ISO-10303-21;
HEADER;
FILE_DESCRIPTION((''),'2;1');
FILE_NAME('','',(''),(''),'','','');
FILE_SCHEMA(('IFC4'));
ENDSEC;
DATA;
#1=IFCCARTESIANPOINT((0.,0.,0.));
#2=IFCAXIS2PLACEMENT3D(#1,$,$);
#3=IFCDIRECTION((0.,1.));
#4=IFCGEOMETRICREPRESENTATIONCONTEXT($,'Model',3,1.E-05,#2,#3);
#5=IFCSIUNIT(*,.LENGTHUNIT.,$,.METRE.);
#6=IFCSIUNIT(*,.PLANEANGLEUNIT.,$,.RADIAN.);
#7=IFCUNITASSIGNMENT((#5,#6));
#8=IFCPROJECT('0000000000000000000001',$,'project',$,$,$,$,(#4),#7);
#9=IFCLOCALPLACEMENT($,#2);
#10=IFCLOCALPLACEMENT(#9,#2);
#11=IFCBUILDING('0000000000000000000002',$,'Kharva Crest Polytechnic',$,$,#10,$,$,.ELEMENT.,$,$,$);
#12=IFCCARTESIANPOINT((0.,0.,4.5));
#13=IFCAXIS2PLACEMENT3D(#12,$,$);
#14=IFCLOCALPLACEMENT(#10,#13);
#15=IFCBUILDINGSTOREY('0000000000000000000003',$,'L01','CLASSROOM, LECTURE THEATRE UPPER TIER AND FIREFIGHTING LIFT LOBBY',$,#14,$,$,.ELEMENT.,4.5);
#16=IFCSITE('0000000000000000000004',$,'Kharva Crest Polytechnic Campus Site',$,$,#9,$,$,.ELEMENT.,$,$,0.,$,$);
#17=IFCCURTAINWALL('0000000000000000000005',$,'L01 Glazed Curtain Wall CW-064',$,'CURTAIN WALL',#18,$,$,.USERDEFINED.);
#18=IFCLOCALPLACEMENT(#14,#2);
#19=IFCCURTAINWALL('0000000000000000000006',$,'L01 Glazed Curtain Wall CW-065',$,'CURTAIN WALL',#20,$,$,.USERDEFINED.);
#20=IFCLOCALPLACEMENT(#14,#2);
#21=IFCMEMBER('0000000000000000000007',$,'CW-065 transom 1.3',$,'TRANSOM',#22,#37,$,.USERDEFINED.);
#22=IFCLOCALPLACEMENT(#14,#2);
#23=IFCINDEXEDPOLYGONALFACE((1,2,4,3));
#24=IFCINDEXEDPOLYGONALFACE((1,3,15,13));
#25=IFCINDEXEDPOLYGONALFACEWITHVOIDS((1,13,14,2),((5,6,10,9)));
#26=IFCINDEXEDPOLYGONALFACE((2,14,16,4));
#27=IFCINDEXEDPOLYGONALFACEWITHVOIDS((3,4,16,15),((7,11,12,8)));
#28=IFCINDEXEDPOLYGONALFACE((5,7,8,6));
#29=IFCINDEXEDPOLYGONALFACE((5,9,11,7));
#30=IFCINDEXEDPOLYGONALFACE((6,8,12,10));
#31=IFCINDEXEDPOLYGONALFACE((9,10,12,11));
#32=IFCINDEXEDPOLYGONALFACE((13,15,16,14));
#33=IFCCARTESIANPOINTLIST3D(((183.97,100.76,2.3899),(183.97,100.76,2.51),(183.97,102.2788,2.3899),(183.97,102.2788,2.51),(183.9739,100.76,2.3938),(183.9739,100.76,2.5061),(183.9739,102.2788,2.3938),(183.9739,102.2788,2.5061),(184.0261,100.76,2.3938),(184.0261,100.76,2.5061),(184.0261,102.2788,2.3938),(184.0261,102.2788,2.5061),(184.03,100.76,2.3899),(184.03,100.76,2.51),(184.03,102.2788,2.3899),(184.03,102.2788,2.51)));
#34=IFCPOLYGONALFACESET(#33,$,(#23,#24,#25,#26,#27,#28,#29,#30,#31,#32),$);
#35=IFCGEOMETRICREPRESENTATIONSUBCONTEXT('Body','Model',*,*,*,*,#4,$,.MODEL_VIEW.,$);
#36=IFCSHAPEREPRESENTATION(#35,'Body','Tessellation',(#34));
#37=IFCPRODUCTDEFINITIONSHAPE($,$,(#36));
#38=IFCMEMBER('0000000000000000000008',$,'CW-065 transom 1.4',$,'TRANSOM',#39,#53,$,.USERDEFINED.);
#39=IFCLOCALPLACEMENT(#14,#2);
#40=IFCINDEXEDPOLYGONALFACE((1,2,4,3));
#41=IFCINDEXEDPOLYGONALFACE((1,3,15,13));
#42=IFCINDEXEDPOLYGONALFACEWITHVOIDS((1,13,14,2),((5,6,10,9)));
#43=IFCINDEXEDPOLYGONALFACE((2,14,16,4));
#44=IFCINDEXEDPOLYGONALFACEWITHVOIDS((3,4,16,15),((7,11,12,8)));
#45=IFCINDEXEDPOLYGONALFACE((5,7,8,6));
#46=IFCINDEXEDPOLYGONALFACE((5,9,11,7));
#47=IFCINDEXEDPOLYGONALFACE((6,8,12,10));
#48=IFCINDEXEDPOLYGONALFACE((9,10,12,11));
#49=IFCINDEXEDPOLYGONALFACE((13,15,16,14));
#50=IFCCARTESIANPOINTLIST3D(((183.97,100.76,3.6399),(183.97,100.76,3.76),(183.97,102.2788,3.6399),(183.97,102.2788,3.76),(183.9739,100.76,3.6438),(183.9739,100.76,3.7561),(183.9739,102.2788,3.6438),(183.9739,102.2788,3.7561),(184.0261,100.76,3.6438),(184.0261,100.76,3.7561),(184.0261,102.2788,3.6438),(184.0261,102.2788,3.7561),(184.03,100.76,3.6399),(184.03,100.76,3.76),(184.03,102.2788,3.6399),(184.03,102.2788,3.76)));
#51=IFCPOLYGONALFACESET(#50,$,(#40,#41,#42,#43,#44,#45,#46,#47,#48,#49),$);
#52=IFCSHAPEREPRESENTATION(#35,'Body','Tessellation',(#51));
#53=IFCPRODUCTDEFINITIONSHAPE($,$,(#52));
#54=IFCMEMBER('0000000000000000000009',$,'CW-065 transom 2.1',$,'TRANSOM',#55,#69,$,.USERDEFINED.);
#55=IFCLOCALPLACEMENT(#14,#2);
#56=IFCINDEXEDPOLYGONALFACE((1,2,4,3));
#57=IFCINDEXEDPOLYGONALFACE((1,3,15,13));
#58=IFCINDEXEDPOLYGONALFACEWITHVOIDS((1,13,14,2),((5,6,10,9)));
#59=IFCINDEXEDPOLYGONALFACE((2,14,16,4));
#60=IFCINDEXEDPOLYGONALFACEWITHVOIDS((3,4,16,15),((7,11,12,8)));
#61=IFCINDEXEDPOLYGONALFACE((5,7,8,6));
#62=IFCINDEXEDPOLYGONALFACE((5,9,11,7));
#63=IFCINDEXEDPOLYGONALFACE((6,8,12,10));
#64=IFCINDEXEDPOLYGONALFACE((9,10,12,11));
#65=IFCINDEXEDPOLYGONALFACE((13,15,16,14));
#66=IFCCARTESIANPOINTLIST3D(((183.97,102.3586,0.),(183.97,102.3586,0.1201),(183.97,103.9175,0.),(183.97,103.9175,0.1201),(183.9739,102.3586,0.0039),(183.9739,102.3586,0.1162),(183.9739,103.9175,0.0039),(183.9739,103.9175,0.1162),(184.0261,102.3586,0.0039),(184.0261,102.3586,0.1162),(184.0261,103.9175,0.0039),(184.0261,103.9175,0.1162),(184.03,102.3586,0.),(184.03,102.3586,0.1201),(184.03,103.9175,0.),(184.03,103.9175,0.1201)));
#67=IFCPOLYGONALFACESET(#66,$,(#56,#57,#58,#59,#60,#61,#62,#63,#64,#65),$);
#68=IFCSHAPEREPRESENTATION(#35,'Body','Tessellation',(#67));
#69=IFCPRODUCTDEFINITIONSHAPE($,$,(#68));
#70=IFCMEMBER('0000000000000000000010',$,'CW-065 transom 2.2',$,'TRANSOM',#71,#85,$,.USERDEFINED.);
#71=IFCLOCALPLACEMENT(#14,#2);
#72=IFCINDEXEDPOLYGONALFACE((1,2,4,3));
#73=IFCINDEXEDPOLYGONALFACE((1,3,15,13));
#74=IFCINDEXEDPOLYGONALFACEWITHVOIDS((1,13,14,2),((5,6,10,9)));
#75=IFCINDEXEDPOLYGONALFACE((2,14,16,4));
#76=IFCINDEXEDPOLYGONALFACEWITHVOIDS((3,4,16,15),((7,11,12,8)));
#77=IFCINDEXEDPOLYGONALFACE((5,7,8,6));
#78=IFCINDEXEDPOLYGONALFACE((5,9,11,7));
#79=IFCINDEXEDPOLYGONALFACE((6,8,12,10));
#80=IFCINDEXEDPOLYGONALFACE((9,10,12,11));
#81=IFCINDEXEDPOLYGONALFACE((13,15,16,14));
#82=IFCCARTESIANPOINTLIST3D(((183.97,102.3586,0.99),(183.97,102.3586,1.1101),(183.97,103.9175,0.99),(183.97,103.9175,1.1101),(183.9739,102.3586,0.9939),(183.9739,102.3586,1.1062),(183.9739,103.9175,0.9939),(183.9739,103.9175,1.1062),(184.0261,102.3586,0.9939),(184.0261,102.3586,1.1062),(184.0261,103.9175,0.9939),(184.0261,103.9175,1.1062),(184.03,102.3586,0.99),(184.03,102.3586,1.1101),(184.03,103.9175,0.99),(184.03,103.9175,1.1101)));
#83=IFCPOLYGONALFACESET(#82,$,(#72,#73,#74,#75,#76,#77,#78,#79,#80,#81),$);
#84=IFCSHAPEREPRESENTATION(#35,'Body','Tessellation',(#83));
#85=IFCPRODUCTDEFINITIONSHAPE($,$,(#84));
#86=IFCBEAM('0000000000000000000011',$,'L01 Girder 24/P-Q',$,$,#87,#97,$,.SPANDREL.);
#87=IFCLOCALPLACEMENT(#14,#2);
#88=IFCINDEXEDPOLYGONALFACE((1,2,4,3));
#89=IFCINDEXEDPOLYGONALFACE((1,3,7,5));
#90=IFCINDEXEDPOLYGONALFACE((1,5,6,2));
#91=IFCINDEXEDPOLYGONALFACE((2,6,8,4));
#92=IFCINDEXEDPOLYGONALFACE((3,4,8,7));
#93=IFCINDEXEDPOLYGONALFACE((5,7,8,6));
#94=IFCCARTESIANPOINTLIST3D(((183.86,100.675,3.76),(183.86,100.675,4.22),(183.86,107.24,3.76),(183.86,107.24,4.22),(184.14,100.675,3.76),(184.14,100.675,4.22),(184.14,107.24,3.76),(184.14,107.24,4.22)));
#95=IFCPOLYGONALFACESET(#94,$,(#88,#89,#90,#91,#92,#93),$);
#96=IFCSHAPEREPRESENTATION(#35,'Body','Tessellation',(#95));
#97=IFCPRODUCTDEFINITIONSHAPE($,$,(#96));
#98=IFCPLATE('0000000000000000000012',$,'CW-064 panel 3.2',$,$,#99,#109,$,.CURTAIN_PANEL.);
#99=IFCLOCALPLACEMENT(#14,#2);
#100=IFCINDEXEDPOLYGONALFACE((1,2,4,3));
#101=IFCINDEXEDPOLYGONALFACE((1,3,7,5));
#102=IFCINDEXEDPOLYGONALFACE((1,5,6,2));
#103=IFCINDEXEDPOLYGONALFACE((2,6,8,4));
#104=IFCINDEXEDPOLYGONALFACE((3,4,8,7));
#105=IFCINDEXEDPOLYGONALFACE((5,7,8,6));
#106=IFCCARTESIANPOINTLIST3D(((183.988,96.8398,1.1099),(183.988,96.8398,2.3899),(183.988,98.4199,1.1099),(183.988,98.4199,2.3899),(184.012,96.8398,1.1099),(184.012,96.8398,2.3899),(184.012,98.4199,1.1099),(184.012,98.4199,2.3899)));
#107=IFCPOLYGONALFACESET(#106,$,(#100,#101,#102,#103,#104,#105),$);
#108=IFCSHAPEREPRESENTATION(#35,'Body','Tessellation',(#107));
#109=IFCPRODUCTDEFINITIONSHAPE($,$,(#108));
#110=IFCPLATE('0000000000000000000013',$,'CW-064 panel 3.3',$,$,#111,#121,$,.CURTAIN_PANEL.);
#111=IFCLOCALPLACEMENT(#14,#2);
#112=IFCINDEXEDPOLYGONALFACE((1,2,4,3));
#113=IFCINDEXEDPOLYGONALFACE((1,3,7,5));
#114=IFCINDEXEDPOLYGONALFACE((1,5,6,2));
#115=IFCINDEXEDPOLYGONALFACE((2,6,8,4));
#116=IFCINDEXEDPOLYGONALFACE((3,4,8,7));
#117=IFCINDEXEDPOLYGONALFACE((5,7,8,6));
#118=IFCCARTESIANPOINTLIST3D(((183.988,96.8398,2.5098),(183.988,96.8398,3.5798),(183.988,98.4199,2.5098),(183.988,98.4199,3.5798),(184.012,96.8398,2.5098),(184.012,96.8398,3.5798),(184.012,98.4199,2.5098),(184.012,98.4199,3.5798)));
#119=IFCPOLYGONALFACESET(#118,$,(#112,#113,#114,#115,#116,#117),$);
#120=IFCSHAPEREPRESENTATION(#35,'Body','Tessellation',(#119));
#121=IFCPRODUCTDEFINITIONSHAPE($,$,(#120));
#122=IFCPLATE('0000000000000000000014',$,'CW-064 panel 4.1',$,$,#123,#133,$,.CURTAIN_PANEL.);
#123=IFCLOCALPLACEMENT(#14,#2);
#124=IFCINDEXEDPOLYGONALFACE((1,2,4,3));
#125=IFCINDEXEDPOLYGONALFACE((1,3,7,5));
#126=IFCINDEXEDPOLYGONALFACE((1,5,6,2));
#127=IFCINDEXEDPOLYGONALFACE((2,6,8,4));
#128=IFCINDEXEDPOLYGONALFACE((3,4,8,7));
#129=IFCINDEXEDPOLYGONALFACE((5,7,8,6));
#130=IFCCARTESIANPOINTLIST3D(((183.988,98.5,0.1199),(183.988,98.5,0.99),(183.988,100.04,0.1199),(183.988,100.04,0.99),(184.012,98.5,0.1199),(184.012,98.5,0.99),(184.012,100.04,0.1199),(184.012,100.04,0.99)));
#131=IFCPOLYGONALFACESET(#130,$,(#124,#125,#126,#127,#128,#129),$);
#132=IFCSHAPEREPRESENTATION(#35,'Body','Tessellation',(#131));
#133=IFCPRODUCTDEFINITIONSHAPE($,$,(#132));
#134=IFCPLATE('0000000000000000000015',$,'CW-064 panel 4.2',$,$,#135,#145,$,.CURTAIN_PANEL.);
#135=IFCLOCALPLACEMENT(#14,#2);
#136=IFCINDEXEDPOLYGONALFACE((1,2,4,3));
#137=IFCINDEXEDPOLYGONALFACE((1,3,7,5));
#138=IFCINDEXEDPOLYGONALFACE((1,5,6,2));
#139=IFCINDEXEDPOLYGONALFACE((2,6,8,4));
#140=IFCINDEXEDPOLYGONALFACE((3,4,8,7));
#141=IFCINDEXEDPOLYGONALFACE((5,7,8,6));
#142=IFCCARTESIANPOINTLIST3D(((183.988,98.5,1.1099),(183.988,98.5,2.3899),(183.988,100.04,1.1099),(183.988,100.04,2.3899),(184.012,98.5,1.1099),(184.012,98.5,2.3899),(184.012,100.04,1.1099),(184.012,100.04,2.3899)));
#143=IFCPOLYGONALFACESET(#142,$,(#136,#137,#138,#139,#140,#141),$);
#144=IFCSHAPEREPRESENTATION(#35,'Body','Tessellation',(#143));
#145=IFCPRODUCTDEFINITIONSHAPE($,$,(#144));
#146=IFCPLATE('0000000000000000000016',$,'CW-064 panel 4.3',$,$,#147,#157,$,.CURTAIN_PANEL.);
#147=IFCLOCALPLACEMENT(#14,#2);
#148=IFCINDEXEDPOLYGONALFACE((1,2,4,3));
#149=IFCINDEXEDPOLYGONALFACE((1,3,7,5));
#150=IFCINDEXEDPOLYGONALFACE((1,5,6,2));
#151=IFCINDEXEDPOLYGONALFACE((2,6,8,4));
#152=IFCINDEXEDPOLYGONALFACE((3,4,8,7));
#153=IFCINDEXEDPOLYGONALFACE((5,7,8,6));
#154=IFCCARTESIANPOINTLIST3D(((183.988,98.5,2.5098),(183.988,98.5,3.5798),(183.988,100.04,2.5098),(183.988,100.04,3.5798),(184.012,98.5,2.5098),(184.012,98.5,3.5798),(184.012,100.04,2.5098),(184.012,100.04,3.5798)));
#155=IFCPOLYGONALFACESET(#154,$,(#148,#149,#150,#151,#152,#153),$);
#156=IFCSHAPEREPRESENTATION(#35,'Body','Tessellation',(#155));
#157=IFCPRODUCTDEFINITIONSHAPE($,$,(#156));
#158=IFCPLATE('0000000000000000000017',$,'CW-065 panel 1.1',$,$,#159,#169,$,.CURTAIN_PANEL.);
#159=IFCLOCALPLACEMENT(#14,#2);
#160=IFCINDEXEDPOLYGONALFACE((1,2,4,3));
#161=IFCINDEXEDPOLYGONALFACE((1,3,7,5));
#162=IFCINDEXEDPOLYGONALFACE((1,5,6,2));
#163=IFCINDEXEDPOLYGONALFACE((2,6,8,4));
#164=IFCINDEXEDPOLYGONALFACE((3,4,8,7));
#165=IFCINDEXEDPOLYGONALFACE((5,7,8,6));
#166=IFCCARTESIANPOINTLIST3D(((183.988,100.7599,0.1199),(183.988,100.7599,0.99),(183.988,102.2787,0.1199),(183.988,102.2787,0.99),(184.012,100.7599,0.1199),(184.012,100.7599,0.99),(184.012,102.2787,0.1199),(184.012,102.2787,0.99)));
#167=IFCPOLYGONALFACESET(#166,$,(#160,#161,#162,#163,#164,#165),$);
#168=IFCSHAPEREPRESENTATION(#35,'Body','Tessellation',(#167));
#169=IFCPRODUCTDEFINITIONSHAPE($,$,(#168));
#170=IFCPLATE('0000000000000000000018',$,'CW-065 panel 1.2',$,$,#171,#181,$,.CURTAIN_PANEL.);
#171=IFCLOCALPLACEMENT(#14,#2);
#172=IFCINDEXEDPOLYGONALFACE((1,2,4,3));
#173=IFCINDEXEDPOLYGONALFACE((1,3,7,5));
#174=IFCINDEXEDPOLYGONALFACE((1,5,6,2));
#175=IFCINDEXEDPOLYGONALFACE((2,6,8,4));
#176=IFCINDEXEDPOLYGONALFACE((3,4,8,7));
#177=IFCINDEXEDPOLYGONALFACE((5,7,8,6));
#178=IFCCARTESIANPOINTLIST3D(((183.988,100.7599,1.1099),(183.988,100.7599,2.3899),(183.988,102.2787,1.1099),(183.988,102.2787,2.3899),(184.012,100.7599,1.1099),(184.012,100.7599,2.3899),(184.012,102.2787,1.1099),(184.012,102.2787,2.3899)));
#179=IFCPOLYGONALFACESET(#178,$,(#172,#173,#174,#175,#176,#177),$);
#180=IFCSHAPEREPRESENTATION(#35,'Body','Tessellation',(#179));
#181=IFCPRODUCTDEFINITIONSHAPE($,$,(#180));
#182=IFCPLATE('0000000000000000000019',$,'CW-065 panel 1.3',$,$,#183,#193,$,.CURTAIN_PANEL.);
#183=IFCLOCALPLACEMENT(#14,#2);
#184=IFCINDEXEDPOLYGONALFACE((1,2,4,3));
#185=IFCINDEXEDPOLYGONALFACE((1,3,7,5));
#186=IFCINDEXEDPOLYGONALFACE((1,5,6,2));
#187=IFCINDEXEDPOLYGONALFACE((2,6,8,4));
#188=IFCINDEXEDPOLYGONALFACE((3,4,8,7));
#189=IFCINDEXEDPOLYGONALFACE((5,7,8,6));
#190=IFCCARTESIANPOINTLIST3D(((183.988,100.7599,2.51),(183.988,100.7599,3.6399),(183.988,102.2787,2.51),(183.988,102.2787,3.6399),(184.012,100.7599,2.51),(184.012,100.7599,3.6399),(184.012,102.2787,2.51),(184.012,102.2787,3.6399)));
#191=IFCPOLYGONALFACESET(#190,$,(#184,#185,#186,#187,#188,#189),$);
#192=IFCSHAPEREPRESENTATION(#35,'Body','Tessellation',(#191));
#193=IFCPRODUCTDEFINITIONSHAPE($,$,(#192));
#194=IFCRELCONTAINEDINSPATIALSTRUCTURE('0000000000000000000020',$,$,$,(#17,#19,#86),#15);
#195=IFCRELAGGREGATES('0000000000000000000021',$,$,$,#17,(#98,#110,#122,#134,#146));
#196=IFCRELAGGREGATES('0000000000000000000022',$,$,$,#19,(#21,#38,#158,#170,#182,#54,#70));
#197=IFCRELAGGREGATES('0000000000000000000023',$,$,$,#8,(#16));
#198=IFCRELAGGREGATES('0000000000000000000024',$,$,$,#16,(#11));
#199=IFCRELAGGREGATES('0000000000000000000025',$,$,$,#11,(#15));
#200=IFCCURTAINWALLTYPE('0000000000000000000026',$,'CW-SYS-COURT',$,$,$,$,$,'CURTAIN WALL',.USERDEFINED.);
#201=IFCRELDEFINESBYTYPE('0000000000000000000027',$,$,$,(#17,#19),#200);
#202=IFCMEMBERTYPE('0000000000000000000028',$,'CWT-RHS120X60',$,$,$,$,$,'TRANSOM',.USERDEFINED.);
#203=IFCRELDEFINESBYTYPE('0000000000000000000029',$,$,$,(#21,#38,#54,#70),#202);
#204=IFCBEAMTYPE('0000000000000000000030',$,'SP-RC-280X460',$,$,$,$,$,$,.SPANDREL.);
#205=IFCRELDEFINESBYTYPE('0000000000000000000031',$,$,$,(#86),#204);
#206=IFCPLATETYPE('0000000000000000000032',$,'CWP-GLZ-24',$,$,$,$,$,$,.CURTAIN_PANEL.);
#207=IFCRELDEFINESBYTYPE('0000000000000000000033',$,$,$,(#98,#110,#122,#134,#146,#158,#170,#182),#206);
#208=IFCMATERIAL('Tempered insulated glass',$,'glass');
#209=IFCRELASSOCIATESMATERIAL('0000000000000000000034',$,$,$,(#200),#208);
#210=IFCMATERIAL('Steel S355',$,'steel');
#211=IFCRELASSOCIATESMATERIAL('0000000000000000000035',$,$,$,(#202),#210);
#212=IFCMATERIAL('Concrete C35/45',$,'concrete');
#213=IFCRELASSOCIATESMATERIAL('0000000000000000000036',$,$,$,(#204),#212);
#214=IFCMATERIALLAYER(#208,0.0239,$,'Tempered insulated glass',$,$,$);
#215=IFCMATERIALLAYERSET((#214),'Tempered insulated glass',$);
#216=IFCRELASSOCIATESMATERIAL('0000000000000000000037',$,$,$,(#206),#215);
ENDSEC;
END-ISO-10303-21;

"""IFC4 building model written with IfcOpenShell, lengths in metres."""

from ifc_helpers import new_model, si_unit, direction, frame, origin, origin_2d, place, context, subcontext, project, spatial, rectangle, hollow_rectangle, extrude, material, layer, layer_set, material_profile, profile_set, type_object, element, aggregate, save


model = new_model("IFC4")

# Units and contexts
model_context = context("Model", 3, precision=1e-05, world=origin(), true_north=direction((0.0, 1.0)))
body_context = subcontext(model_context, "Body", "Model", "MODEL_VIEW")
ifc_project = project(units=[si_unit("LENGTHUNIT", "METRE"), si_unit("PLANEANGLEUNIT", "RADIAN")], contexts=[model_context])

# Site, building, storey
site_placement = place(None, origin())
site = spatial("IfcSite", under=ifc_project, at=site_placement, Name="Kharva Crest Polytechnic Campus Site", CompositionType="ELEMENT", RefElevation=0.0)
building_placement = place(site_placement, origin())
building = spatial("IfcBuilding", under=site, at=building_placement, Name="Kharva Crest Polytechnic", CompositionType="ELEMENT")
storey_placement = place(building_placement, frame((0.0, 0.0, 4.5)))
storey = spatial("IfcBuildingStorey", under=building, at=storey_placement, Name="L01", Description="CLASSROOM, LECTURE THEATRE UPPER TIER AND FIREFIGHTING LIFT LOBBY", CompositionType="ELEMENT", Elevation=4.5)

# Curtain walls
ifc_material_1 = material(Name="Tempered insulated glass", Category="glass")
curtain_wall_type = type_object("IfcCurtainWallType", Name="CW-SYS-COURT", ElementType="CURTAIN WALL", PredefinedType="USERDEFINED", material=ifc_material_1)
curtain_wall_1_placement = place(storey_placement, origin())
curtain_wall_1 = element("IfcCurtainWall", 1, at=curtain_wall_1_placement, inside=storey, type_object=curtain_wall_type, Name="L01 Glazed Curtain Wall CW-064", ObjectType="CURTAIN WALL", PredefinedType="USERDEFINED")
ifc_material_2 = material(Name="Steel S355", Category="steel")
curtain_wall_2_placement = place(storey_placement, origin())
curtain_wall_2 = element("IfcCurtainWall", 2, at=curtain_wall_2_placement, inside=storey, type_object=curtain_wall_type, Name="L01 Glazed Curtain Wall CW-065", ObjectType="CURTAIN WALL", PredefinedType="USERDEFINED")

# Members
ifc_material_profile_1 = material_profile(ifc_material_2, hollow_rectangle(XDim=0.0601, YDim=0.1201, WallThickness=0.0039, at=origin_2d()), Name="RHS 120X60X4.0")
ifc_profile_set_1 = profile_set([ifc_material_profile_1], Name="Steel S355")
member_type_1 = type_object("IfcMemberType", Name="CWT-RHS120X60", ElementType="TRANSOM", PredefinedType="USERDEFINED", material=ifc_profile_set_1)
member_1_placement = place(storey_placement, frame((184.0, 100.76, 2.45), z_axis=(0.0, 1.0, 0.0), x_axis=(-1.0, 0.0, 0.0)))
member_1 = element("IfcMember", 3, at=member_1_placement, type_object=member_type_1, Name="CW-065 transom 1.3", ObjectType="TRANSOM", PredefinedType="USERDEFINED", context=body_context, shape_type="SweptSolid", body=[
    extrude(hollow_rectangle(XDim=0.0601, YDim=0.1201, WallThickness=0.0039, at=origin_2d()), origin(), (0.0, 0.0, 1.0), 1.5188),
])
member_2_placement = place(storey_placement, frame((184.0, 100.76, 3.7), z_axis=(0.0, 1.0, 0.0), x_axis=(-1.0, 0.0, 0.0)))
member_2 = element("IfcMember", 4, at=member_2_placement, type_object=member_type_1, Name="CW-065 transom 1.4", ObjectType="TRANSOM", PredefinedType="USERDEFINED", context=body_context, shape_type="SweptSolid", body=[
    extrude(hollow_rectangle(XDim=0.0601, YDim=0.1201, WallThickness=0.0039, at=origin_2d()), origin(), (0.0, 0.0, 1.0), 1.5188),
])
member_3_placement = place(storey_placement, frame((184.0, 102.3586, 0.0601), z_axis=(0.0, 1.0, 0.0), x_axis=(-1.0, 0.0, 0.0)))
member_3 = element("IfcMember", 5, at=member_3_placement, type_object=member_type_1, Name="CW-065 transom 2.1", ObjectType="TRANSOM", PredefinedType="USERDEFINED", context=body_context, shape_type="SweptSolid", body=[
    extrude(hollow_rectangle(XDim=0.0601, YDim=0.1201, WallThickness=0.0039, at=origin_2d()), origin(), (0.0, 0.0, 1.0), 1.5588),
])
member_4_placement = place(storey_placement, frame((184.0, 102.3586, 1.05), z_axis=(0.0, 1.0, 0.0), x_axis=(-1.0, 0.0, 0.0)))
member_4 = element("IfcMember", 6, at=member_4_placement, type_object=member_type_1, Name="CW-065 transom 2.2", ObjectType="TRANSOM", PredefinedType="USERDEFINED", context=body_context, shape_type="SweptSolid", body=[
    extrude(hollow_rectangle(XDim=0.0601, YDim=0.1201, WallThickness=0.0039, at=origin_2d()), origin(), (0.0, 0.0, 1.0), 1.5588),
])

# Beam
ifc_material_3 = material(Name="Concrete C35/45", Category="concrete")
ifc_material_profile_2 = material_profile(ifc_material_3, rectangle(XDim=0.28, YDim=0.46, at=origin_2d()), Name="RECT 280 X 460")
ifc_profile_set_2 = profile_set([ifc_material_profile_2], Name="Concrete C35/45")
beam_type = type_object("IfcBeamType", Name="SP-RC-280X460", PredefinedType="SPANDREL", material=ifc_profile_set_2)
beam_placement = place(storey_placement, frame((184.0, 100.675, 3.99), z_axis=(0.0, 1.0, 0.0), x_axis=(-1.0, 0.0, 0.0)))
element("IfcBeam", 7, at=beam_placement, inside=storey, type_object=beam_type, Name="L01 Girder 24/P-Q", PredefinedType="SPANDREL", context=body_context, shape_type="SweptSolid", body=[
    extrude(rectangle(XDim=0.28, YDim=0.46, at=origin_2d()), origin(), (0.0, 0.0, 1.0), 6.5649),
])

# Plates
ifc_layer = layer(ifc_material_1, 0.0239, Name="Tempered insulated glass")
ifc_layer_set = layer_set([ifc_layer], Name="Tempered insulated glass")
plate_type = type_object("IfcPlateType", Name="CWP-GLZ-24", PredefinedType="CURTAIN_PANEL", material=ifc_layer_set)
plate_1_placement = place(storey_placement, frame((184.0, 97.6299, 1.1099), z_axis=(0.0, 0.0, 1.0), x_axis=(0.0, 1.0, 0.0)))
plate_1 = element("IfcPlate", 8, at=plate_1_placement, type_object=plate_type, Name="CW-064 panel 3.2", PredefinedType="CURTAIN_PANEL", context=body_context, shape_type="SweptSolid", body=[
    extrude(rectangle(XDim=1.5801, YDim=0.0239, at=origin_2d()), origin(), (0.0, 0.0, 1.0), 1.28),
])
plate_2_placement = place(storey_placement, frame((184.0, 97.6299, 2.5098), z_axis=(0.0, 0.0, 1.0), x_axis=(0.0, 1.0, 0.0)))
plate_2 = element("IfcPlate", 9, at=plate_2_placement, type_object=plate_type, Name="CW-064 panel 3.3", PredefinedType="CURTAIN_PANEL", context=body_context, shape_type="SweptSolid", body=[
    extrude(rectangle(XDim=1.5801, YDim=0.0239, at=origin_2d()), origin(), (0.0, 0.0, 1.0), 1.0701),
])
plate_3_placement = place(storey_placement, frame((184.0, 99.27, 0.1199), z_axis=(0.0, 0.0, 1.0), x_axis=(0.0, 1.0, 0.0)))
plate_3 = element("IfcPlate", 10, at=plate_3_placement, type_object=plate_type, Name="CW-064 panel 4.1", PredefinedType="CURTAIN_PANEL", context=body_context, shape_type="SweptSolid", body=[
    extrude(rectangle(XDim=1.54, YDim=0.0239, at=origin_2d()), origin(), (0.0, 0.0, 1.0), 0.8701),
])
plate_4_placement = place(storey_placement, frame((184.0, 99.27, 1.1099), z_axis=(0.0, 0.0, 1.0), x_axis=(0.0, 1.0, 0.0)))
plate_4 = element("IfcPlate", 11, at=plate_4_placement, type_object=plate_type, Name="CW-064 panel 4.2", PredefinedType="CURTAIN_PANEL", context=body_context, shape_type="SweptSolid", body=[
    extrude(rectangle(XDim=1.54, YDim=0.0239, at=origin_2d()), origin(), (0.0, 0.0, 1.0), 1.28),
])
plate_5_placement = place(storey_placement, frame((184.0, 99.27, 2.5098), z_axis=(0.0, 0.0, 1.0), x_axis=(0.0, 1.0, 0.0)))
plate_5 = element("IfcPlate", 12, at=plate_5_placement, type_object=plate_type, Name="CW-064 panel 4.3", PredefinedType="CURTAIN_PANEL", context=body_context, shape_type="SweptSolid", body=[
    extrude(rectangle(XDim=1.54, YDim=0.0239, at=origin_2d()), origin(), (0.0, 0.0, 1.0), 1.0701),
])
aggregate(curtain_wall_1, [plate_1, plate_2, plate_3, plate_4, plate_5])
plate_6_placement = place(storey_placement, frame((184.0, 101.5193, 0.1199), z_axis=(0.0, 0.0, 1.0), x_axis=(0.0, 1.0, 0.0)))
plate_6 = element("IfcPlate", 13, at=plate_6_placement, type_object=plate_type, Name="CW-065 panel 1.1", PredefinedType="CURTAIN_PANEL", context=body_context, shape_type="SweptSolid", body=[
    extrude(rectangle(XDim=1.5188, YDim=0.0239, at=origin_2d()), origin(), (0.0, 0.0, 1.0), 0.8701),
])
plate_7_placement = place(storey_placement, frame((184.0, 101.5193, 1.1099), z_axis=(0.0, 0.0, 1.0), x_axis=(0.0, 1.0, 0.0)))
plate_7 = element("IfcPlate", 14, at=plate_7_placement, type_object=plate_type, Name="CW-065 panel 1.2", PredefinedType="CURTAIN_PANEL", context=body_context, shape_type="SweptSolid", body=[
    extrude(rectangle(XDim=1.5188, YDim=0.0239, at=origin_2d()), origin(), (0.0, 0.0, 1.0), 1.28),
])
plate_8_placement = place(storey_placement, frame((184.0, 101.5193, 2.51), z_axis=(0.0, 0.0, 1.0), x_axis=(0.0, 1.0, 0.0)))
plate_8 = element("IfcPlate", 15, at=plate_8_placement, type_object=plate_type, Name="CW-065 panel 1.3", PredefinedType="CURTAIN_PANEL", context=body_context, shape_type="SweptSolid", body=[
    extrude(rectangle(XDim=1.5188, YDim=0.0239, at=origin_2d()), origin(), (0.0, 0.0, 1.0), 1.1299),
])
aggregate(curtain_wall_2, [member_1, member_2, plate_6, plate_7, plate_8, member_3, member_4])

save(model, "model.ifc")
